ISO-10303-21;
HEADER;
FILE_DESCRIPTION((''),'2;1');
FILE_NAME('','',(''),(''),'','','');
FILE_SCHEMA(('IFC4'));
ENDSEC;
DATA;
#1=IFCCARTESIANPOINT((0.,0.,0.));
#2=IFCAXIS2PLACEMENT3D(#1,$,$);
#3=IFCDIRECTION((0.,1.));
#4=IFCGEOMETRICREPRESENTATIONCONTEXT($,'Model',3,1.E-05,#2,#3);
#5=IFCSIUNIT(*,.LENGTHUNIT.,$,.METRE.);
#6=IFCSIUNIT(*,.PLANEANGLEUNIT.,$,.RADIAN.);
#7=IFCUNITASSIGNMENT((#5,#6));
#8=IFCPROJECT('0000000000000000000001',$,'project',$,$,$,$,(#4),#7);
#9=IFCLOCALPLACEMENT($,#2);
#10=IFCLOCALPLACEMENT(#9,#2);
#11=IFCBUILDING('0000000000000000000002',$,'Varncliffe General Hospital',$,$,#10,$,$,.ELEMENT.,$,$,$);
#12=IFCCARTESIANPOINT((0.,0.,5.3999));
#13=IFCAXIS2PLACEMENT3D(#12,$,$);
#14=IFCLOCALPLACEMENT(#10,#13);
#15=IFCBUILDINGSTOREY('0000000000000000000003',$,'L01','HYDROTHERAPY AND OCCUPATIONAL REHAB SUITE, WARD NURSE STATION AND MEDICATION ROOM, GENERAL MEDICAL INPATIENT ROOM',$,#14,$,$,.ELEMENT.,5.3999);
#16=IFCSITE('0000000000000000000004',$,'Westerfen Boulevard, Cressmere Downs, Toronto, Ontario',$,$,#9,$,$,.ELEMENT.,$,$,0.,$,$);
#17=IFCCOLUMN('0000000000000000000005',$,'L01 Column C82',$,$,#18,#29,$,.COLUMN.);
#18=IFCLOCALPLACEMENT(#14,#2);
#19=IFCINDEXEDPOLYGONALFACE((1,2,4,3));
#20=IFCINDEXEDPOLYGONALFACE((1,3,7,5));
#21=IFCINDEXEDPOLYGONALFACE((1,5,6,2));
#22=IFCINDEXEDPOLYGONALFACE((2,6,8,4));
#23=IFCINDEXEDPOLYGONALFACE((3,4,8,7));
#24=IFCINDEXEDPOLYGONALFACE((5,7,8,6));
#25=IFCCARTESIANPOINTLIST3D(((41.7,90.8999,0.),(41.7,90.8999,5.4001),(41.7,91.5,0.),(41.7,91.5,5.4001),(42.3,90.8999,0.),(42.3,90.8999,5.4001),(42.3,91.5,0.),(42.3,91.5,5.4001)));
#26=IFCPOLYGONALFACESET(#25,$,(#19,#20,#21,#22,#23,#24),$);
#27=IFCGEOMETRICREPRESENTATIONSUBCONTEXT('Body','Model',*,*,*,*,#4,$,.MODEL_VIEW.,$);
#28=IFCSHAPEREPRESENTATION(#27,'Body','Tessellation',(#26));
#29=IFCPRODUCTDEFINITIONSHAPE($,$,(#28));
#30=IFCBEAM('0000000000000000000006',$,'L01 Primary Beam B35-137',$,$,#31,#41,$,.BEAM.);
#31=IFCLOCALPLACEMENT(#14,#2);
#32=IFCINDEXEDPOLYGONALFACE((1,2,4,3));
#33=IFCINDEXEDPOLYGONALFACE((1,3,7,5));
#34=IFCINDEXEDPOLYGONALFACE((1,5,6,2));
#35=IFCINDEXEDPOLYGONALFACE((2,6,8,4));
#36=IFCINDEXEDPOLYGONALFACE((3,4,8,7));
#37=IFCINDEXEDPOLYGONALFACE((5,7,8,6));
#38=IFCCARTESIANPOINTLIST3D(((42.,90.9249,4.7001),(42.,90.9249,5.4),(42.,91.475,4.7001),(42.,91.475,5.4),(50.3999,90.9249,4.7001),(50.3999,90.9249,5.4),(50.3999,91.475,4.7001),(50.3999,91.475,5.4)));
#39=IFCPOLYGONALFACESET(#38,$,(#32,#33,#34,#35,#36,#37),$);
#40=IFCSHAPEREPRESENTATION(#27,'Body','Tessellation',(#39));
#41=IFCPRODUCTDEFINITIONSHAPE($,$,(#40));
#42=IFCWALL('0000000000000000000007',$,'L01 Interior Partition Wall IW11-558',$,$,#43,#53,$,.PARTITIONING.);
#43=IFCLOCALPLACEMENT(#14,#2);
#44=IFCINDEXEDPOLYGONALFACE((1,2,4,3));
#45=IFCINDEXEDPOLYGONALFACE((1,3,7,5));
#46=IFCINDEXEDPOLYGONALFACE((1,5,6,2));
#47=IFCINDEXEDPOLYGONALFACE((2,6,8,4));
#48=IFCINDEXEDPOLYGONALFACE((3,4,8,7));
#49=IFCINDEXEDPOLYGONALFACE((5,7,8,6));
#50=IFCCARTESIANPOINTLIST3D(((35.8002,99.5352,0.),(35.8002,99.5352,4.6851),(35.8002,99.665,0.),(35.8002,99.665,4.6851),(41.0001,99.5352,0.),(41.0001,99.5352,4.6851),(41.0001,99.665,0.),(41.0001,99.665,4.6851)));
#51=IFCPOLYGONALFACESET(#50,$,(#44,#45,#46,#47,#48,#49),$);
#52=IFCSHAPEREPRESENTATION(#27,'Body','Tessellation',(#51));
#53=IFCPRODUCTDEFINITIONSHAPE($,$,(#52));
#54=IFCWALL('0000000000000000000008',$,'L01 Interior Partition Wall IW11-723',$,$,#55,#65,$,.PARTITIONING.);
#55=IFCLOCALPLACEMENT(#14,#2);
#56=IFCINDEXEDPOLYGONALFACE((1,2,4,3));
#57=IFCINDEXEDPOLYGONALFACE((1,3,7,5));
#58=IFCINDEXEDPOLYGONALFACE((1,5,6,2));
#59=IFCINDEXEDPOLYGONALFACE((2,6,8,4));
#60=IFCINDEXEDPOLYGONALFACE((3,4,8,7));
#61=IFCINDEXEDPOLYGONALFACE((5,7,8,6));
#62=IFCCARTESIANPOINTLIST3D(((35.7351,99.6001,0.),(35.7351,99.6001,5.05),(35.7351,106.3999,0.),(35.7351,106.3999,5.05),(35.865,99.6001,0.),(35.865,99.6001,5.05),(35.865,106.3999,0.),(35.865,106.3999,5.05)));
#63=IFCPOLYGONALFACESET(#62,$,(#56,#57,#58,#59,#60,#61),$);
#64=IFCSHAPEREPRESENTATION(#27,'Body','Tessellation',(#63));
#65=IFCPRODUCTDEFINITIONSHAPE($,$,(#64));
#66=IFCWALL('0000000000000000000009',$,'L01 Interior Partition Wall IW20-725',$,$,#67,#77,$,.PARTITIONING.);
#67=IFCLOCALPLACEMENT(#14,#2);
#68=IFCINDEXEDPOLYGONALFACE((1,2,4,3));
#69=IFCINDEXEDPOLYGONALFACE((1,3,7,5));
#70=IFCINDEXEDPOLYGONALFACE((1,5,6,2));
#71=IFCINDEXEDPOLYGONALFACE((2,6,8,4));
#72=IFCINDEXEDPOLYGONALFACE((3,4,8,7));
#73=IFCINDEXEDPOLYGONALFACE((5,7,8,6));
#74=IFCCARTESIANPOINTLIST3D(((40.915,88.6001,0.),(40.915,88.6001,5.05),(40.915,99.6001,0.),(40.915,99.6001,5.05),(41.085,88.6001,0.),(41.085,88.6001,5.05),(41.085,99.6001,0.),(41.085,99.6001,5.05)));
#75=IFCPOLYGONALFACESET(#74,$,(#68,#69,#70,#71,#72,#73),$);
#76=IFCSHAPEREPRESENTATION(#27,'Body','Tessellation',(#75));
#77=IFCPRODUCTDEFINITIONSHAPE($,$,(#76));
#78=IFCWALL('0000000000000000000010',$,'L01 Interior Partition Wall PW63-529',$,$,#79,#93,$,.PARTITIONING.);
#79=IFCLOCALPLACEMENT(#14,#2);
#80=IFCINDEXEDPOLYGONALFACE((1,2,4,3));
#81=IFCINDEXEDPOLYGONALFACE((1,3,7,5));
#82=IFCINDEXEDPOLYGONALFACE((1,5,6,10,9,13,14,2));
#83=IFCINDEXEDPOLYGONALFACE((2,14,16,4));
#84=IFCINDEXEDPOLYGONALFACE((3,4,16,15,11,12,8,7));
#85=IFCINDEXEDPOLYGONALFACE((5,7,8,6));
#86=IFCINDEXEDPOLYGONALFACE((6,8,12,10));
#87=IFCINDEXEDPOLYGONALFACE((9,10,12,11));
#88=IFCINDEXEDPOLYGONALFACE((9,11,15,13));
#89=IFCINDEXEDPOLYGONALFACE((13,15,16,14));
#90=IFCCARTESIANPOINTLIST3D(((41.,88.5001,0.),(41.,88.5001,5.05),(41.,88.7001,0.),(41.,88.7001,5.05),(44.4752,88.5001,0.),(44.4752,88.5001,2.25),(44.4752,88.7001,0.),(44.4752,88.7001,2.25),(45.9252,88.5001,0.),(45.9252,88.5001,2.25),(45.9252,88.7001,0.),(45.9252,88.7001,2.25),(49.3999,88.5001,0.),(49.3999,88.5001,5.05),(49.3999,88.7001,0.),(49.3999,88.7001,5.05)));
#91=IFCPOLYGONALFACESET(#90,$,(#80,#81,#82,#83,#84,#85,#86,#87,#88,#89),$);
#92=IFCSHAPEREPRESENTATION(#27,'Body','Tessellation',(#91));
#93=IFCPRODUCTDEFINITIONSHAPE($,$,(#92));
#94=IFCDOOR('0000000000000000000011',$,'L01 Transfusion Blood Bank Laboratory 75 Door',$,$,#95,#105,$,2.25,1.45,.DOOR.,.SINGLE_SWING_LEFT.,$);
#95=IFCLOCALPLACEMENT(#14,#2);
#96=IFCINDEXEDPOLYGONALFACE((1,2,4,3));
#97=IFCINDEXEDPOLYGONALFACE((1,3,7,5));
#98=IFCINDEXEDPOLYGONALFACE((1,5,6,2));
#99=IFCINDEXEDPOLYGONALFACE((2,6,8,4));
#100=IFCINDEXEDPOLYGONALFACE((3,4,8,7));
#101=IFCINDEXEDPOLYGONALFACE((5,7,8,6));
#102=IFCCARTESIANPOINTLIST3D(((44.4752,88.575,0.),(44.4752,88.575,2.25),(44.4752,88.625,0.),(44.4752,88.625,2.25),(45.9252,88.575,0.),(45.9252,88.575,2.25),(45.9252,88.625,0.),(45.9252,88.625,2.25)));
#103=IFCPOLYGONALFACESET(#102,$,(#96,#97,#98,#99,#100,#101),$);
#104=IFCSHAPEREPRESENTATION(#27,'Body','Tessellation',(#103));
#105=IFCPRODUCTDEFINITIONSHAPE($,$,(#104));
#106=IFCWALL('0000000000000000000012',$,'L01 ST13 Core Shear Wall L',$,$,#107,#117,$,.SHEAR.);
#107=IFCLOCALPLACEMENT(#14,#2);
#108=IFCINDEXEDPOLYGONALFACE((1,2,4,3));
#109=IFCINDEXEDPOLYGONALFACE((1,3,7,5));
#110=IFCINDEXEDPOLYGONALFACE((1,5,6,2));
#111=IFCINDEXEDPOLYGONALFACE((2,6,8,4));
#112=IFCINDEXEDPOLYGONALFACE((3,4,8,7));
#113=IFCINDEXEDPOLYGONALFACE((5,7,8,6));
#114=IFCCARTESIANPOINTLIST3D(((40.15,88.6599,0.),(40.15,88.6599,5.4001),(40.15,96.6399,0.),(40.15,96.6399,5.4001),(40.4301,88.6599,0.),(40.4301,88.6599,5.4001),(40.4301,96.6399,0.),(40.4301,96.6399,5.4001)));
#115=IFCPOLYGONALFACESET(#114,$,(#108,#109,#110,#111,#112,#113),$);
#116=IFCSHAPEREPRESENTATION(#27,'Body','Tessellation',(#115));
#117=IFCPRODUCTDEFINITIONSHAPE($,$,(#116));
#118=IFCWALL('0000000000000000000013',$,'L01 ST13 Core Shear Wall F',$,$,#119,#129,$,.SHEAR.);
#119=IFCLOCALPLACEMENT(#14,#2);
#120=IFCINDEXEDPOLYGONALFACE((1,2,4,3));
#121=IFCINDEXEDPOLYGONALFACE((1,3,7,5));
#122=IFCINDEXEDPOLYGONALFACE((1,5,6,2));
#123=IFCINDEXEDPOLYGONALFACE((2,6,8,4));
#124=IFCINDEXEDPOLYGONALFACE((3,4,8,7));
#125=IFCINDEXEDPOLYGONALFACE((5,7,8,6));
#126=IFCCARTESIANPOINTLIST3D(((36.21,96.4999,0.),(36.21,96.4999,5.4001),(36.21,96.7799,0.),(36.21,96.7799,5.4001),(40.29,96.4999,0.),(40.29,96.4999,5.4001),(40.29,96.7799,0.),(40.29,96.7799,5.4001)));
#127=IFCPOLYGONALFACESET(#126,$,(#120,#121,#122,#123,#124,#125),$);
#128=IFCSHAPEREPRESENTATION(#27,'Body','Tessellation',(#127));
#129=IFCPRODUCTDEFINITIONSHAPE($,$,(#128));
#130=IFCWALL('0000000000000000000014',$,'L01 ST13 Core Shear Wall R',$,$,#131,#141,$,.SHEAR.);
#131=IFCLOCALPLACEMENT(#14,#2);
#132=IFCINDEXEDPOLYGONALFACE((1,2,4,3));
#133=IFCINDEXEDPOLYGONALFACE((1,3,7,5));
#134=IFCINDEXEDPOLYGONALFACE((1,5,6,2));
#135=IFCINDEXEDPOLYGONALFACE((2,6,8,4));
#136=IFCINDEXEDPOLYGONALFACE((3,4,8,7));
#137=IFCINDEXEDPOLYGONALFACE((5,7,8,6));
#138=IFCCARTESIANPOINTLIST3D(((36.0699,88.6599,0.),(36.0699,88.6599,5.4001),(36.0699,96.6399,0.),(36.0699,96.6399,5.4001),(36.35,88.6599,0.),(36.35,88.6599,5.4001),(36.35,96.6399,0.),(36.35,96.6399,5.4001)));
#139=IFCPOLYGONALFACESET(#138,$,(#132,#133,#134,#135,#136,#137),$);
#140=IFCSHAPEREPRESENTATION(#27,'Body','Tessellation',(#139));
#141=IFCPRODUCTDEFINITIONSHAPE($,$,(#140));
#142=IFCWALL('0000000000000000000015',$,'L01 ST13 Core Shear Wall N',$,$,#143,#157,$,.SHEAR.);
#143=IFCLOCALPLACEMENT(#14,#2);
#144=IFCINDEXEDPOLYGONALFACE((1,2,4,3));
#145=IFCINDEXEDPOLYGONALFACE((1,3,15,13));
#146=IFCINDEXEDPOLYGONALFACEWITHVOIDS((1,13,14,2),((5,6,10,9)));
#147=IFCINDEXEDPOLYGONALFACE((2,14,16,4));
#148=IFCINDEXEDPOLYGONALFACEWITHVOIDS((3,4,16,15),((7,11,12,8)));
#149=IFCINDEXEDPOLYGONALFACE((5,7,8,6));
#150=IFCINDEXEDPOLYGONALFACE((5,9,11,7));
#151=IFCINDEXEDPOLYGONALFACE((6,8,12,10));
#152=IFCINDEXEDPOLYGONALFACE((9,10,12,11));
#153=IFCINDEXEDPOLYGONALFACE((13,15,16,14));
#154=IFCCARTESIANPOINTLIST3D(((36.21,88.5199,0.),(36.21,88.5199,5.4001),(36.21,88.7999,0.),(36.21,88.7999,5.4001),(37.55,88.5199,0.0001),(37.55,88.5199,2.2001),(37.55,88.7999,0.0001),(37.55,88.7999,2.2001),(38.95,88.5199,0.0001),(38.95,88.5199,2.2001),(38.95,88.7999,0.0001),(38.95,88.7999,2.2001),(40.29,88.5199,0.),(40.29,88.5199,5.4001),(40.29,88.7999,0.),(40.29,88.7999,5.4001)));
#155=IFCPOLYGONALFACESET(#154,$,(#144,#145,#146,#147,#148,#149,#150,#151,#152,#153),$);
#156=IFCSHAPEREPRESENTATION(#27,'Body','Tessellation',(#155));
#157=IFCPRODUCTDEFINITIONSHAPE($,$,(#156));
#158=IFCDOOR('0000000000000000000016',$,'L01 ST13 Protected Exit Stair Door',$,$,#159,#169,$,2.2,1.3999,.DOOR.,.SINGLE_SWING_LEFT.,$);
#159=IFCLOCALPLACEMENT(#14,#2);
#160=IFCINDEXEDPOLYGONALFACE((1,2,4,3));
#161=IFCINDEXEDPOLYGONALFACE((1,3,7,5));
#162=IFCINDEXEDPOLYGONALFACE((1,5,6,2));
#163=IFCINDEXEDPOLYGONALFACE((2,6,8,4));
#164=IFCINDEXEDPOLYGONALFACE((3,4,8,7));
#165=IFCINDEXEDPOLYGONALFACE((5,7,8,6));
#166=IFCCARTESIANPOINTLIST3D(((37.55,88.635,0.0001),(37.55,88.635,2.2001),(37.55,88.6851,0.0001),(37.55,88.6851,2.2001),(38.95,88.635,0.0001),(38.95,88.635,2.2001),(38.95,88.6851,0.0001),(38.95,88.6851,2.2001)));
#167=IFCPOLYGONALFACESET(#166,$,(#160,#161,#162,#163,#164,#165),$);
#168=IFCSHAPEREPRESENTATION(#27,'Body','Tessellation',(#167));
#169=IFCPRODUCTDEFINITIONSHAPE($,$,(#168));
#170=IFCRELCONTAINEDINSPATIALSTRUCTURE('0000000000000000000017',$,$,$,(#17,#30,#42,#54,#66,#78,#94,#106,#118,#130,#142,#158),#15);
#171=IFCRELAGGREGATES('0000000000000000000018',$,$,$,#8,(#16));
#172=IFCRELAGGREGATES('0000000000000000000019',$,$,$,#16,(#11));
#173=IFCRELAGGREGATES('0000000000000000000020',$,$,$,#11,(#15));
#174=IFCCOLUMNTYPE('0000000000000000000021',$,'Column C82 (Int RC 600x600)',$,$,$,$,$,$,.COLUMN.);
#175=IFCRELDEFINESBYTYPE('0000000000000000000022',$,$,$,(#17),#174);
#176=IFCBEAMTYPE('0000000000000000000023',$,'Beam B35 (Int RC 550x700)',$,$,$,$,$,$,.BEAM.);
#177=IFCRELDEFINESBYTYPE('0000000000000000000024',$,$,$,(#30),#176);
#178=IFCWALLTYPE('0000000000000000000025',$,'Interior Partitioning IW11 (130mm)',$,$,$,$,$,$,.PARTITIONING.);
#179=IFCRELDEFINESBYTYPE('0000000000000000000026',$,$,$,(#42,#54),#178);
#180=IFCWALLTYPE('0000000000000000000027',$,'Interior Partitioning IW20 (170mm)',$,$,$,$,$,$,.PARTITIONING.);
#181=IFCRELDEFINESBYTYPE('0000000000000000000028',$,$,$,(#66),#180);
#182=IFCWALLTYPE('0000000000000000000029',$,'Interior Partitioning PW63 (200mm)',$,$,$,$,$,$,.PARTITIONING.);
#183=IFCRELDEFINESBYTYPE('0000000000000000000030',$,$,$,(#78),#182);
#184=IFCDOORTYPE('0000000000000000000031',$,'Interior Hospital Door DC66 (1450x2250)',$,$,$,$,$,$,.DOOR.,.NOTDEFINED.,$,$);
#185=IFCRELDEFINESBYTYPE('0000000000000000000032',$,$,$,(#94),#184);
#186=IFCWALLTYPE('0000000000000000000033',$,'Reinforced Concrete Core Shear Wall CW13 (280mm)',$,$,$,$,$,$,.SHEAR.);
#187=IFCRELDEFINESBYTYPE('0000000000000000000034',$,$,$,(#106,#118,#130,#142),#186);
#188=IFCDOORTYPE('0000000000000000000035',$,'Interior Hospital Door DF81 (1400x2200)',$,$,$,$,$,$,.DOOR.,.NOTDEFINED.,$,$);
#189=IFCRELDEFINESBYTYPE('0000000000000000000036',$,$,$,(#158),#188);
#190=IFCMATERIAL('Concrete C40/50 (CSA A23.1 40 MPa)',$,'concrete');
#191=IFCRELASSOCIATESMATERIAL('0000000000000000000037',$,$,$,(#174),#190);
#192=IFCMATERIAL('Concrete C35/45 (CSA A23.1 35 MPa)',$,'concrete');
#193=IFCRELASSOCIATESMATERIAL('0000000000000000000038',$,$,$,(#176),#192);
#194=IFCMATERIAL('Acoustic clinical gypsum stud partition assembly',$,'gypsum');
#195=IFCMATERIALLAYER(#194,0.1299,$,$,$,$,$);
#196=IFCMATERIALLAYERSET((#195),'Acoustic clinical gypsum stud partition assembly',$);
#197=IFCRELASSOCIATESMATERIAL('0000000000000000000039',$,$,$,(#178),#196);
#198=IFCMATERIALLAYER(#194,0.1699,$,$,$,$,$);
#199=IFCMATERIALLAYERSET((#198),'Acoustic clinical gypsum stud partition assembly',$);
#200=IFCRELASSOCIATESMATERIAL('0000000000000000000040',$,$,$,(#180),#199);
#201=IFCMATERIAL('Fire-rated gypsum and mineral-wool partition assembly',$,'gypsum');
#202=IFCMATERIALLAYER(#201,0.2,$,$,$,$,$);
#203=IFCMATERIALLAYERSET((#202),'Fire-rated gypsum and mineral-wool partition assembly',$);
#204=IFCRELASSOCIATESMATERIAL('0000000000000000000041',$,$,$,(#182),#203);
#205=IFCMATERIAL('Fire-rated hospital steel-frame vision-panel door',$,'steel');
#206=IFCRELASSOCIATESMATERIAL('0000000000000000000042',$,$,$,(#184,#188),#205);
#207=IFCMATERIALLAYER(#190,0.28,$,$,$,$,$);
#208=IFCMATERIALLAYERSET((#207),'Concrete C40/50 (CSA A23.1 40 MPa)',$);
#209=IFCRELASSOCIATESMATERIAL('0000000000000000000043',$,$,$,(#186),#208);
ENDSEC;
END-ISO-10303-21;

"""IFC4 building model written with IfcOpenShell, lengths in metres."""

from ifc_helpers import new_model, si_unit, direction, frame, frame_2d, origin, origin_2d, place, context, subcontext, project, spatial, rectangle, extrude, material, layer, layer_set, material_profile, profile_set, type_object, element, fill, save


model = new_model("IFC4")

# Units and contexts
model_context = context("Model", 3, precision=1e-05, world=origin(), true_north=direction((0.0, 1.0)))
body_context = subcontext(model_context, "Body", "Model", "MODEL_VIEW")
ifc_project = project(units=[si_unit("LENGTHUNIT", "METRE"), si_unit("PLANEANGLEUNIT", "RADIAN")], contexts=[model_context])

# Site, building, storey
site_placement = place(None, origin())
site = spatial("IfcSite", under=ifc_project, at=site_placement, Name="Westerfen Boulevard, Cressmere Downs, Toronto, Ontario", CompositionType="ELEMENT", RefElevation=0.0)
building_placement = place(site_placement, origin())
building = spatial("IfcBuilding", under=site, at=building_placement, Name="Varncliffe General Hospital", CompositionType="ELEMENT")
storey_placement = place(building_placement, frame((0.0, 0.0, 5.3999)))
storey = spatial("IfcBuildingStorey", under=building, at=storey_placement, Name="L01", Description="HYDROTHERAPY AND OCCUPATIONAL REHAB SUITE, WARD NURSE STATION AND MEDICATION ROOM, GENERAL MEDICAL INPATIENT ROOM", CompositionType="ELEMENT", Elevation=5.3999)

# Column
ifc_material_1 = material(Name="Concrete C40/50 (CSA A23.1 40 MPa)", Category="concrete")
ifc_material_profile_1 = material_profile(ifc_material_1, rectangle(XDim=0.6001, YDim=0.6001, at=origin_2d()), Name="RC 600x600")
ifc_profile_set_1 = profile_set([ifc_material_profile_1], Name="Concrete C40/50 (CSA A23.1 40 MPa)")
column_type = type_object("IfcColumnType", Name="Column C82 (Int RC 600x600)", PredefinedType="COLUMN", material=ifc_profile_set_1)
column_placement = place(storey_placement, frame((42.0, 91.2, 0.0), z_axis=(0.0, 0.0, 1.0), x_axis=(1.0, 0.0, 0.0)))
element("IfcColumn", 1, at=column_placement, inside=storey, type_object=column_type, Name="L01 Column C82", PredefinedType="COLUMN", context=body_context, shape_type="SweptSolid", body=[
    extrude(rectangle(XDim=0.6001, YDim=0.6001, at=origin_2d()), origin(), (0.0, 0.0, 1.0), 5.4001),
])

# Beam
ifc_material_2 = material(Name="Concrete C35/45 (CSA A23.1 35 MPa)", Category="concrete")
ifc_material_profile_2 = material_profile(ifc_material_2, rectangle(XDim=0.55, YDim=0.7, at=origin_2d()), Name="RC 550x700")
ifc_profile_set_2 = profile_set([ifc_material_profile_2], Name="Concrete C35/45 (CSA A23.1 35 MPa)")
beam_type = type_object("IfcBeamType", Name="Beam B35 (Int RC 550x700)", PredefinedType="BEAM", material=ifc_profile_set_2)
beam_placement = place(storey_placement, frame((42.0, 91.2, 5.05), z_axis=(1.0, 0.0, 0.0), x_axis=(0.0, 1.0, 0.0)))
element("IfcBeam", 2, at=beam_placement, inside=storey, type_object=beam_type, Name="L01 Primary Beam B35-137", PredefinedType="BEAM", context=body_context, shape_type="SweptSolid", body=[
    extrude(rectangle(XDim=0.55, YDim=0.7, at=origin_2d()), origin(), (0.0, 0.0, 1.0), 8.3999),
])

# Walls
ifc_material_3 = material(Name="Acoustic clinical gypsum stud partition assembly", Category="gypsum")
ifc_layer_1 = layer(ifc_material_3, 0.1299)
ifc_layer_set_1 = layer_set([ifc_layer_1], Name="Acoustic clinical gypsum stud partition assembly")
wall_type_1 = type_object("IfcWallType", Name="Interior Partitioning IW11 (130mm)", PredefinedType="PARTITIONING", material=ifc_layer_set_1)
wall_1_placement = place(storey_placement, frame((35.8, 99.6001, 0.0), z_axis=(0.0, 0.0, 1.0), x_axis=(1.0, 0.0, 0.0)))
element("IfcWall", 3, at=wall_1_placement, inside=storey, type_object=wall_type_1, Name="L01 Interior Partition Wall IW11-558", PredefinedType="PARTITIONING", context=body_context, shape_type="SweptSolid", body=[
    extrude(rectangle(XDim=5.2, YDim=0.1299, at=frame_2d((2.6001, 0.0))), origin(), (0.0, 0.0, 1.0), 4.6851),
])
wall_2_placement = place(storey_placement, frame((35.8, 99.6001, 0.0), z_axis=(0.0, 0.0, 1.0), x_axis=(0.0, 1.0, 0.0)))
element("IfcWall", 4, at=wall_2_placement, inside=storey, type_object=wall_type_1, Name="L01 Interior Partition Wall IW11-723", PredefinedType="PARTITIONING", context=body_context, shape_type="SweptSolid", body=[
    extrude(rectangle(XDim=6.7998, YDim=0.1299, at=frame_2d((3.3999, 0.0))), origin(), (0.0, 0.0, 1.0), 5.05),
])
ifc_layer_2 = layer(ifc_material_3, 0.1699)
ifc_layer_set_2 = layer_set([ifc_layer_2], Name="Acoustic clinical gypsum stud partition assembly")
wall_type_2 = type_object("IfcWallType", Name="Interior Partitioning IW20 (170mm)", PredefinedType="PARTITIONING", material=ifc_layer_set_2)
wall_3_placement = place(storey_placement, frame((41.0, 88.6001, 0.0), z_axis=(0.0, 0.0, 1.0), x_axis=(0.0, 1.0, 0.0)))
element("IfcWall", 5, at=wall_3_placement, inside=storey, type_object=wall_type_2, Name="L01 Interior Partition Wall IW20-725", PredefinedType="PARTITIONING", context=body_context, shape_type="SweptSolid", body=[
    extrude(rectangle(XDim=11.0, YDim=0.1699, at=frame_2d((5.5, 0.0))), origin(), (0.0, 0.0, 1.0), 5.05),
])

# Wall, opening, door
ifc_material_4 = material(Name="Fire-rated gypsum and mineral-wool partition assembly", Category="gypsum")
ifc_layer_3 = layer(ifc_material_4, 0.2)
ifc_layer_set_3 = layer_set([ifc_layer_3], Name="Fire-rated gypsum and mineral-wool partition assembly")
wall_type_3 = type_object("IfcWallType", Name="Interior Partitioning PW63 (200mm)", PredefinedType="PARTITIONING", material=ifc_layer_set_3)
wall_4_placement = place(storey_placement, frame((41.0, 88.6001, 0.0), z_axis=(0.0, 0.0, 1.0), x_axis=(1.0, 0.0, 0.0)))
wall_4 = element("IfcWall", 6, at=wall_4_placement, inside=storey, type_object=wall_type_3, Name="L01 Interior Partition Wall PW63-529", PredefinedType="PARTITIONING", context=body_context, shape_type="SweptSolid", body=[
    extrude(rectangle(XDim=8.3999, YDim=0.2, at=frame_2d((4.2, 0.0))), origin(), (0.0, 0.0, 1.0), 5.05),
])
opening_1_placement = place(wall_4_placement, frame((3.4751, 0.0, 0.0)))
opening_1 = element("IfcOpeningElement", 7, at=opening_1_placement, cuts=wall_4, PredefinedType="OPENING", context=body_context, shape_type="SweptSolid", body=[
    extrude(rectangle(XDim=1.45, YDim=2.25, at=frame_2d((0.7251, 1.125))), frame((0.0, 0.1099, 0.0), z_axis=(0.0, -1.0, 0.0), x_axis=(1.0, 0.0, 0.0)), (0.0, 0.0, 1.0), 0.22),
])
ifc_material_5 = material(Name="Fire-rated hospital steel-frame vision-panel door", Category="steel")
door_type_1 = type_object("IfcDoorType", Name="Interior Hospital Door DC66 (1450x2250)", OperationType="NOTDEFINED", PredefinedType="DOOR", material=ifc_material_5)
door_1_placement = place(opening_1_placement, origin())
door_1 = element("IfcDoor", 8, at=door_1_placement, inside=storey, type_object=door_type_1, Name="L01 Transfusion Blood Bank Laboratory 75 Door", OperationType="SINGLE_SWING_LEFT", OverallHeight=2.25, OverallWidth=1.45, PredefinedType="DOOR", context=body_context, shape_type="SweptSolid", body=[
    extrude(rectangle(XDim=1.45, YDim=2.25, at=frame_2d((0.7251, 1.125))), frame((0.0, 0.0249, 0.0), z_axis=(0.0, -1.0, 0.0), x_axis=(1.0, 0.0, 0.0)), (0.0, 0.0, 1.0), 0.05),
])
fill(opening_1, door_1)

# Walls
ifc_layer_4 = layer(ifc_material_1, 0.28)
ifc_layer_set_4 = layer_set([ifc_layer_4], Name="Concrete C40/50 (CSA A23.1 40 MPa)")
wall_type_4 = type_object("IfcWallType", Name="Reinforced Concrete Core Shear Wall CW13 (280mm)", PredefinedType="SHEAR", material=ifc_layer_set_4)
wall_5_placement = place(storey_placement, frame((40.29, 88.6599, 0.0), z_axis=(0.0, 0.0, 1.0), x_axis=(0.0, 1.0, 0.0)))
element("IfcWall", 9, at=wall_5_placement, inside=storey, type_object=wall_type_4, Name="L01 ST13 Core Shear Wall L", PredefinedType="SHEAR", context=body_context, shape_type="SweptSolid", body=[
    extrude(rectangle(XDim=7.98, YDim=0.28, at=frame_2d((3.99, 0.0))), origin(), (0.0, 0.0, 1.0), 5.4001),
])
wall_6_placement = place(storey_placement, frame((40.29, 96.6399, 0.0), z_axis=(0.0, 0.0, 1.0), x_axis=(-1.0, 0.0, 0.0)))
element("IfcWall", 10, at=wall_6_placement, inside=storey, type_object=wall_type_4, Name="L01 ST13 Core Shear Wall F", PredefinedType="SHEAR", context=body_context, shape_type="SweptSolid", body=[
    extrude(rectangle(XDim=4.0801, YDim=0.28, at=frame_2d((2.04, 0.0))), origin(), (0.0, 0.0, 1.0), 5.4001),
])
wall_7_placement = place(storey_placement, frame((36.21, 96.6399, 0.0), z_axis=(0.0, 0.0, 1.0), x_axis=(0.0, -1.0, 0.0)))
element("IfcWall", 11, at=wall_7_placement, inside=storey, type_object=wall_type_4, Name="L01 ST13 Core Shear Wall R", PredefinedType="SHEAR", context=body_context, shape_type="SweptSolid", body=[
    extrude(rectangle(XDim=7.98, YDim=0.28, at=frame_2d((3.99, 0.0))), origin(), (0.0, 0.0, 1.0), 5.4001),
])

# Wall, opening, door
wall_8_placement = place(storey_placement, frame((36.21, 88.6599, 0.0), z_axis=(0.0, 0.0, 1.0), x_axis=(1.0, 0.0, 0.0)))
wall_8 = element("IfcWall", 12, at=wall_8_placement, inside=storey, type_object=wall_type_4, Name="L01 ST13 Core Shear Wall N", PredefinedType="SHEAR", context=body_context, shape_type="SweptSolid", body=[
    extrude(rectangle(XDim=4.0801, YDim=0.28, at=frame_2d((2.04, 0.0))), origin(), (0.0, 0.0, 1.0), 5.4001),
])
opening_2_placement = place(wall_8_placement, frame((1.3401, 0.0, 0.0)))
opening_2 = element("IfcOpeningElement", 13, at=opening_2_placement, cuts=wall_8, PredefinedType="OPENING", context=body_context, shape_type="SweptSolid", body=[
    extrude(rectangle(XDim=1.3999, YDim=2.2, at=frame_2d((0.7, 1.1001))), frame((0.0, 0.1499, 0.0), z_axis=(0.0, -1.0, 0.0), x_axis=(1.0, 0.0, 0.0)), (0.0, 0.0, 1.0), 0.3),
])
door_type_2 = type_object("IfcDoorType", Name="Interior Hospital Door DF81 (1400x2200)", OperationType="NOTDEFINED", PredefinedType="DOOR", material=ifc_material_5)
door_2_placement = place(opening_2_placement, frame((1.3999, 0.0, 0.0), z_axis=(0.0, 0.0, 1.0), x_axis=(-1.0, 0.0, 0.0)))
door_2 = element("IfcDoor", 14, at=door_2_placement, inside=storey, type_object=door_type_2, Name="L01 ST13 Protected Exit Stair Door", OperationType="SINGLE_SWING_LEFT", OverallHeight=2.2, OverallWidth=1.3999, PredefinedType="DOOR", context=body_context, shape_type="SweptSolid", body=[
    extrude(rectangle(XDim=1.3999, YDim=2.2, at=frame_2d((0.7, 1.1001))), frame((0.0, 0.0249, 0.0), z_axis=(0.0, -1.0, 0.0), x_axis=(1.0, 0.0, 0.0)), (0.0, 0.0, 1.0), 0.05),
])
fill(opening_2, door_2)

save(model, "model.ifc")
